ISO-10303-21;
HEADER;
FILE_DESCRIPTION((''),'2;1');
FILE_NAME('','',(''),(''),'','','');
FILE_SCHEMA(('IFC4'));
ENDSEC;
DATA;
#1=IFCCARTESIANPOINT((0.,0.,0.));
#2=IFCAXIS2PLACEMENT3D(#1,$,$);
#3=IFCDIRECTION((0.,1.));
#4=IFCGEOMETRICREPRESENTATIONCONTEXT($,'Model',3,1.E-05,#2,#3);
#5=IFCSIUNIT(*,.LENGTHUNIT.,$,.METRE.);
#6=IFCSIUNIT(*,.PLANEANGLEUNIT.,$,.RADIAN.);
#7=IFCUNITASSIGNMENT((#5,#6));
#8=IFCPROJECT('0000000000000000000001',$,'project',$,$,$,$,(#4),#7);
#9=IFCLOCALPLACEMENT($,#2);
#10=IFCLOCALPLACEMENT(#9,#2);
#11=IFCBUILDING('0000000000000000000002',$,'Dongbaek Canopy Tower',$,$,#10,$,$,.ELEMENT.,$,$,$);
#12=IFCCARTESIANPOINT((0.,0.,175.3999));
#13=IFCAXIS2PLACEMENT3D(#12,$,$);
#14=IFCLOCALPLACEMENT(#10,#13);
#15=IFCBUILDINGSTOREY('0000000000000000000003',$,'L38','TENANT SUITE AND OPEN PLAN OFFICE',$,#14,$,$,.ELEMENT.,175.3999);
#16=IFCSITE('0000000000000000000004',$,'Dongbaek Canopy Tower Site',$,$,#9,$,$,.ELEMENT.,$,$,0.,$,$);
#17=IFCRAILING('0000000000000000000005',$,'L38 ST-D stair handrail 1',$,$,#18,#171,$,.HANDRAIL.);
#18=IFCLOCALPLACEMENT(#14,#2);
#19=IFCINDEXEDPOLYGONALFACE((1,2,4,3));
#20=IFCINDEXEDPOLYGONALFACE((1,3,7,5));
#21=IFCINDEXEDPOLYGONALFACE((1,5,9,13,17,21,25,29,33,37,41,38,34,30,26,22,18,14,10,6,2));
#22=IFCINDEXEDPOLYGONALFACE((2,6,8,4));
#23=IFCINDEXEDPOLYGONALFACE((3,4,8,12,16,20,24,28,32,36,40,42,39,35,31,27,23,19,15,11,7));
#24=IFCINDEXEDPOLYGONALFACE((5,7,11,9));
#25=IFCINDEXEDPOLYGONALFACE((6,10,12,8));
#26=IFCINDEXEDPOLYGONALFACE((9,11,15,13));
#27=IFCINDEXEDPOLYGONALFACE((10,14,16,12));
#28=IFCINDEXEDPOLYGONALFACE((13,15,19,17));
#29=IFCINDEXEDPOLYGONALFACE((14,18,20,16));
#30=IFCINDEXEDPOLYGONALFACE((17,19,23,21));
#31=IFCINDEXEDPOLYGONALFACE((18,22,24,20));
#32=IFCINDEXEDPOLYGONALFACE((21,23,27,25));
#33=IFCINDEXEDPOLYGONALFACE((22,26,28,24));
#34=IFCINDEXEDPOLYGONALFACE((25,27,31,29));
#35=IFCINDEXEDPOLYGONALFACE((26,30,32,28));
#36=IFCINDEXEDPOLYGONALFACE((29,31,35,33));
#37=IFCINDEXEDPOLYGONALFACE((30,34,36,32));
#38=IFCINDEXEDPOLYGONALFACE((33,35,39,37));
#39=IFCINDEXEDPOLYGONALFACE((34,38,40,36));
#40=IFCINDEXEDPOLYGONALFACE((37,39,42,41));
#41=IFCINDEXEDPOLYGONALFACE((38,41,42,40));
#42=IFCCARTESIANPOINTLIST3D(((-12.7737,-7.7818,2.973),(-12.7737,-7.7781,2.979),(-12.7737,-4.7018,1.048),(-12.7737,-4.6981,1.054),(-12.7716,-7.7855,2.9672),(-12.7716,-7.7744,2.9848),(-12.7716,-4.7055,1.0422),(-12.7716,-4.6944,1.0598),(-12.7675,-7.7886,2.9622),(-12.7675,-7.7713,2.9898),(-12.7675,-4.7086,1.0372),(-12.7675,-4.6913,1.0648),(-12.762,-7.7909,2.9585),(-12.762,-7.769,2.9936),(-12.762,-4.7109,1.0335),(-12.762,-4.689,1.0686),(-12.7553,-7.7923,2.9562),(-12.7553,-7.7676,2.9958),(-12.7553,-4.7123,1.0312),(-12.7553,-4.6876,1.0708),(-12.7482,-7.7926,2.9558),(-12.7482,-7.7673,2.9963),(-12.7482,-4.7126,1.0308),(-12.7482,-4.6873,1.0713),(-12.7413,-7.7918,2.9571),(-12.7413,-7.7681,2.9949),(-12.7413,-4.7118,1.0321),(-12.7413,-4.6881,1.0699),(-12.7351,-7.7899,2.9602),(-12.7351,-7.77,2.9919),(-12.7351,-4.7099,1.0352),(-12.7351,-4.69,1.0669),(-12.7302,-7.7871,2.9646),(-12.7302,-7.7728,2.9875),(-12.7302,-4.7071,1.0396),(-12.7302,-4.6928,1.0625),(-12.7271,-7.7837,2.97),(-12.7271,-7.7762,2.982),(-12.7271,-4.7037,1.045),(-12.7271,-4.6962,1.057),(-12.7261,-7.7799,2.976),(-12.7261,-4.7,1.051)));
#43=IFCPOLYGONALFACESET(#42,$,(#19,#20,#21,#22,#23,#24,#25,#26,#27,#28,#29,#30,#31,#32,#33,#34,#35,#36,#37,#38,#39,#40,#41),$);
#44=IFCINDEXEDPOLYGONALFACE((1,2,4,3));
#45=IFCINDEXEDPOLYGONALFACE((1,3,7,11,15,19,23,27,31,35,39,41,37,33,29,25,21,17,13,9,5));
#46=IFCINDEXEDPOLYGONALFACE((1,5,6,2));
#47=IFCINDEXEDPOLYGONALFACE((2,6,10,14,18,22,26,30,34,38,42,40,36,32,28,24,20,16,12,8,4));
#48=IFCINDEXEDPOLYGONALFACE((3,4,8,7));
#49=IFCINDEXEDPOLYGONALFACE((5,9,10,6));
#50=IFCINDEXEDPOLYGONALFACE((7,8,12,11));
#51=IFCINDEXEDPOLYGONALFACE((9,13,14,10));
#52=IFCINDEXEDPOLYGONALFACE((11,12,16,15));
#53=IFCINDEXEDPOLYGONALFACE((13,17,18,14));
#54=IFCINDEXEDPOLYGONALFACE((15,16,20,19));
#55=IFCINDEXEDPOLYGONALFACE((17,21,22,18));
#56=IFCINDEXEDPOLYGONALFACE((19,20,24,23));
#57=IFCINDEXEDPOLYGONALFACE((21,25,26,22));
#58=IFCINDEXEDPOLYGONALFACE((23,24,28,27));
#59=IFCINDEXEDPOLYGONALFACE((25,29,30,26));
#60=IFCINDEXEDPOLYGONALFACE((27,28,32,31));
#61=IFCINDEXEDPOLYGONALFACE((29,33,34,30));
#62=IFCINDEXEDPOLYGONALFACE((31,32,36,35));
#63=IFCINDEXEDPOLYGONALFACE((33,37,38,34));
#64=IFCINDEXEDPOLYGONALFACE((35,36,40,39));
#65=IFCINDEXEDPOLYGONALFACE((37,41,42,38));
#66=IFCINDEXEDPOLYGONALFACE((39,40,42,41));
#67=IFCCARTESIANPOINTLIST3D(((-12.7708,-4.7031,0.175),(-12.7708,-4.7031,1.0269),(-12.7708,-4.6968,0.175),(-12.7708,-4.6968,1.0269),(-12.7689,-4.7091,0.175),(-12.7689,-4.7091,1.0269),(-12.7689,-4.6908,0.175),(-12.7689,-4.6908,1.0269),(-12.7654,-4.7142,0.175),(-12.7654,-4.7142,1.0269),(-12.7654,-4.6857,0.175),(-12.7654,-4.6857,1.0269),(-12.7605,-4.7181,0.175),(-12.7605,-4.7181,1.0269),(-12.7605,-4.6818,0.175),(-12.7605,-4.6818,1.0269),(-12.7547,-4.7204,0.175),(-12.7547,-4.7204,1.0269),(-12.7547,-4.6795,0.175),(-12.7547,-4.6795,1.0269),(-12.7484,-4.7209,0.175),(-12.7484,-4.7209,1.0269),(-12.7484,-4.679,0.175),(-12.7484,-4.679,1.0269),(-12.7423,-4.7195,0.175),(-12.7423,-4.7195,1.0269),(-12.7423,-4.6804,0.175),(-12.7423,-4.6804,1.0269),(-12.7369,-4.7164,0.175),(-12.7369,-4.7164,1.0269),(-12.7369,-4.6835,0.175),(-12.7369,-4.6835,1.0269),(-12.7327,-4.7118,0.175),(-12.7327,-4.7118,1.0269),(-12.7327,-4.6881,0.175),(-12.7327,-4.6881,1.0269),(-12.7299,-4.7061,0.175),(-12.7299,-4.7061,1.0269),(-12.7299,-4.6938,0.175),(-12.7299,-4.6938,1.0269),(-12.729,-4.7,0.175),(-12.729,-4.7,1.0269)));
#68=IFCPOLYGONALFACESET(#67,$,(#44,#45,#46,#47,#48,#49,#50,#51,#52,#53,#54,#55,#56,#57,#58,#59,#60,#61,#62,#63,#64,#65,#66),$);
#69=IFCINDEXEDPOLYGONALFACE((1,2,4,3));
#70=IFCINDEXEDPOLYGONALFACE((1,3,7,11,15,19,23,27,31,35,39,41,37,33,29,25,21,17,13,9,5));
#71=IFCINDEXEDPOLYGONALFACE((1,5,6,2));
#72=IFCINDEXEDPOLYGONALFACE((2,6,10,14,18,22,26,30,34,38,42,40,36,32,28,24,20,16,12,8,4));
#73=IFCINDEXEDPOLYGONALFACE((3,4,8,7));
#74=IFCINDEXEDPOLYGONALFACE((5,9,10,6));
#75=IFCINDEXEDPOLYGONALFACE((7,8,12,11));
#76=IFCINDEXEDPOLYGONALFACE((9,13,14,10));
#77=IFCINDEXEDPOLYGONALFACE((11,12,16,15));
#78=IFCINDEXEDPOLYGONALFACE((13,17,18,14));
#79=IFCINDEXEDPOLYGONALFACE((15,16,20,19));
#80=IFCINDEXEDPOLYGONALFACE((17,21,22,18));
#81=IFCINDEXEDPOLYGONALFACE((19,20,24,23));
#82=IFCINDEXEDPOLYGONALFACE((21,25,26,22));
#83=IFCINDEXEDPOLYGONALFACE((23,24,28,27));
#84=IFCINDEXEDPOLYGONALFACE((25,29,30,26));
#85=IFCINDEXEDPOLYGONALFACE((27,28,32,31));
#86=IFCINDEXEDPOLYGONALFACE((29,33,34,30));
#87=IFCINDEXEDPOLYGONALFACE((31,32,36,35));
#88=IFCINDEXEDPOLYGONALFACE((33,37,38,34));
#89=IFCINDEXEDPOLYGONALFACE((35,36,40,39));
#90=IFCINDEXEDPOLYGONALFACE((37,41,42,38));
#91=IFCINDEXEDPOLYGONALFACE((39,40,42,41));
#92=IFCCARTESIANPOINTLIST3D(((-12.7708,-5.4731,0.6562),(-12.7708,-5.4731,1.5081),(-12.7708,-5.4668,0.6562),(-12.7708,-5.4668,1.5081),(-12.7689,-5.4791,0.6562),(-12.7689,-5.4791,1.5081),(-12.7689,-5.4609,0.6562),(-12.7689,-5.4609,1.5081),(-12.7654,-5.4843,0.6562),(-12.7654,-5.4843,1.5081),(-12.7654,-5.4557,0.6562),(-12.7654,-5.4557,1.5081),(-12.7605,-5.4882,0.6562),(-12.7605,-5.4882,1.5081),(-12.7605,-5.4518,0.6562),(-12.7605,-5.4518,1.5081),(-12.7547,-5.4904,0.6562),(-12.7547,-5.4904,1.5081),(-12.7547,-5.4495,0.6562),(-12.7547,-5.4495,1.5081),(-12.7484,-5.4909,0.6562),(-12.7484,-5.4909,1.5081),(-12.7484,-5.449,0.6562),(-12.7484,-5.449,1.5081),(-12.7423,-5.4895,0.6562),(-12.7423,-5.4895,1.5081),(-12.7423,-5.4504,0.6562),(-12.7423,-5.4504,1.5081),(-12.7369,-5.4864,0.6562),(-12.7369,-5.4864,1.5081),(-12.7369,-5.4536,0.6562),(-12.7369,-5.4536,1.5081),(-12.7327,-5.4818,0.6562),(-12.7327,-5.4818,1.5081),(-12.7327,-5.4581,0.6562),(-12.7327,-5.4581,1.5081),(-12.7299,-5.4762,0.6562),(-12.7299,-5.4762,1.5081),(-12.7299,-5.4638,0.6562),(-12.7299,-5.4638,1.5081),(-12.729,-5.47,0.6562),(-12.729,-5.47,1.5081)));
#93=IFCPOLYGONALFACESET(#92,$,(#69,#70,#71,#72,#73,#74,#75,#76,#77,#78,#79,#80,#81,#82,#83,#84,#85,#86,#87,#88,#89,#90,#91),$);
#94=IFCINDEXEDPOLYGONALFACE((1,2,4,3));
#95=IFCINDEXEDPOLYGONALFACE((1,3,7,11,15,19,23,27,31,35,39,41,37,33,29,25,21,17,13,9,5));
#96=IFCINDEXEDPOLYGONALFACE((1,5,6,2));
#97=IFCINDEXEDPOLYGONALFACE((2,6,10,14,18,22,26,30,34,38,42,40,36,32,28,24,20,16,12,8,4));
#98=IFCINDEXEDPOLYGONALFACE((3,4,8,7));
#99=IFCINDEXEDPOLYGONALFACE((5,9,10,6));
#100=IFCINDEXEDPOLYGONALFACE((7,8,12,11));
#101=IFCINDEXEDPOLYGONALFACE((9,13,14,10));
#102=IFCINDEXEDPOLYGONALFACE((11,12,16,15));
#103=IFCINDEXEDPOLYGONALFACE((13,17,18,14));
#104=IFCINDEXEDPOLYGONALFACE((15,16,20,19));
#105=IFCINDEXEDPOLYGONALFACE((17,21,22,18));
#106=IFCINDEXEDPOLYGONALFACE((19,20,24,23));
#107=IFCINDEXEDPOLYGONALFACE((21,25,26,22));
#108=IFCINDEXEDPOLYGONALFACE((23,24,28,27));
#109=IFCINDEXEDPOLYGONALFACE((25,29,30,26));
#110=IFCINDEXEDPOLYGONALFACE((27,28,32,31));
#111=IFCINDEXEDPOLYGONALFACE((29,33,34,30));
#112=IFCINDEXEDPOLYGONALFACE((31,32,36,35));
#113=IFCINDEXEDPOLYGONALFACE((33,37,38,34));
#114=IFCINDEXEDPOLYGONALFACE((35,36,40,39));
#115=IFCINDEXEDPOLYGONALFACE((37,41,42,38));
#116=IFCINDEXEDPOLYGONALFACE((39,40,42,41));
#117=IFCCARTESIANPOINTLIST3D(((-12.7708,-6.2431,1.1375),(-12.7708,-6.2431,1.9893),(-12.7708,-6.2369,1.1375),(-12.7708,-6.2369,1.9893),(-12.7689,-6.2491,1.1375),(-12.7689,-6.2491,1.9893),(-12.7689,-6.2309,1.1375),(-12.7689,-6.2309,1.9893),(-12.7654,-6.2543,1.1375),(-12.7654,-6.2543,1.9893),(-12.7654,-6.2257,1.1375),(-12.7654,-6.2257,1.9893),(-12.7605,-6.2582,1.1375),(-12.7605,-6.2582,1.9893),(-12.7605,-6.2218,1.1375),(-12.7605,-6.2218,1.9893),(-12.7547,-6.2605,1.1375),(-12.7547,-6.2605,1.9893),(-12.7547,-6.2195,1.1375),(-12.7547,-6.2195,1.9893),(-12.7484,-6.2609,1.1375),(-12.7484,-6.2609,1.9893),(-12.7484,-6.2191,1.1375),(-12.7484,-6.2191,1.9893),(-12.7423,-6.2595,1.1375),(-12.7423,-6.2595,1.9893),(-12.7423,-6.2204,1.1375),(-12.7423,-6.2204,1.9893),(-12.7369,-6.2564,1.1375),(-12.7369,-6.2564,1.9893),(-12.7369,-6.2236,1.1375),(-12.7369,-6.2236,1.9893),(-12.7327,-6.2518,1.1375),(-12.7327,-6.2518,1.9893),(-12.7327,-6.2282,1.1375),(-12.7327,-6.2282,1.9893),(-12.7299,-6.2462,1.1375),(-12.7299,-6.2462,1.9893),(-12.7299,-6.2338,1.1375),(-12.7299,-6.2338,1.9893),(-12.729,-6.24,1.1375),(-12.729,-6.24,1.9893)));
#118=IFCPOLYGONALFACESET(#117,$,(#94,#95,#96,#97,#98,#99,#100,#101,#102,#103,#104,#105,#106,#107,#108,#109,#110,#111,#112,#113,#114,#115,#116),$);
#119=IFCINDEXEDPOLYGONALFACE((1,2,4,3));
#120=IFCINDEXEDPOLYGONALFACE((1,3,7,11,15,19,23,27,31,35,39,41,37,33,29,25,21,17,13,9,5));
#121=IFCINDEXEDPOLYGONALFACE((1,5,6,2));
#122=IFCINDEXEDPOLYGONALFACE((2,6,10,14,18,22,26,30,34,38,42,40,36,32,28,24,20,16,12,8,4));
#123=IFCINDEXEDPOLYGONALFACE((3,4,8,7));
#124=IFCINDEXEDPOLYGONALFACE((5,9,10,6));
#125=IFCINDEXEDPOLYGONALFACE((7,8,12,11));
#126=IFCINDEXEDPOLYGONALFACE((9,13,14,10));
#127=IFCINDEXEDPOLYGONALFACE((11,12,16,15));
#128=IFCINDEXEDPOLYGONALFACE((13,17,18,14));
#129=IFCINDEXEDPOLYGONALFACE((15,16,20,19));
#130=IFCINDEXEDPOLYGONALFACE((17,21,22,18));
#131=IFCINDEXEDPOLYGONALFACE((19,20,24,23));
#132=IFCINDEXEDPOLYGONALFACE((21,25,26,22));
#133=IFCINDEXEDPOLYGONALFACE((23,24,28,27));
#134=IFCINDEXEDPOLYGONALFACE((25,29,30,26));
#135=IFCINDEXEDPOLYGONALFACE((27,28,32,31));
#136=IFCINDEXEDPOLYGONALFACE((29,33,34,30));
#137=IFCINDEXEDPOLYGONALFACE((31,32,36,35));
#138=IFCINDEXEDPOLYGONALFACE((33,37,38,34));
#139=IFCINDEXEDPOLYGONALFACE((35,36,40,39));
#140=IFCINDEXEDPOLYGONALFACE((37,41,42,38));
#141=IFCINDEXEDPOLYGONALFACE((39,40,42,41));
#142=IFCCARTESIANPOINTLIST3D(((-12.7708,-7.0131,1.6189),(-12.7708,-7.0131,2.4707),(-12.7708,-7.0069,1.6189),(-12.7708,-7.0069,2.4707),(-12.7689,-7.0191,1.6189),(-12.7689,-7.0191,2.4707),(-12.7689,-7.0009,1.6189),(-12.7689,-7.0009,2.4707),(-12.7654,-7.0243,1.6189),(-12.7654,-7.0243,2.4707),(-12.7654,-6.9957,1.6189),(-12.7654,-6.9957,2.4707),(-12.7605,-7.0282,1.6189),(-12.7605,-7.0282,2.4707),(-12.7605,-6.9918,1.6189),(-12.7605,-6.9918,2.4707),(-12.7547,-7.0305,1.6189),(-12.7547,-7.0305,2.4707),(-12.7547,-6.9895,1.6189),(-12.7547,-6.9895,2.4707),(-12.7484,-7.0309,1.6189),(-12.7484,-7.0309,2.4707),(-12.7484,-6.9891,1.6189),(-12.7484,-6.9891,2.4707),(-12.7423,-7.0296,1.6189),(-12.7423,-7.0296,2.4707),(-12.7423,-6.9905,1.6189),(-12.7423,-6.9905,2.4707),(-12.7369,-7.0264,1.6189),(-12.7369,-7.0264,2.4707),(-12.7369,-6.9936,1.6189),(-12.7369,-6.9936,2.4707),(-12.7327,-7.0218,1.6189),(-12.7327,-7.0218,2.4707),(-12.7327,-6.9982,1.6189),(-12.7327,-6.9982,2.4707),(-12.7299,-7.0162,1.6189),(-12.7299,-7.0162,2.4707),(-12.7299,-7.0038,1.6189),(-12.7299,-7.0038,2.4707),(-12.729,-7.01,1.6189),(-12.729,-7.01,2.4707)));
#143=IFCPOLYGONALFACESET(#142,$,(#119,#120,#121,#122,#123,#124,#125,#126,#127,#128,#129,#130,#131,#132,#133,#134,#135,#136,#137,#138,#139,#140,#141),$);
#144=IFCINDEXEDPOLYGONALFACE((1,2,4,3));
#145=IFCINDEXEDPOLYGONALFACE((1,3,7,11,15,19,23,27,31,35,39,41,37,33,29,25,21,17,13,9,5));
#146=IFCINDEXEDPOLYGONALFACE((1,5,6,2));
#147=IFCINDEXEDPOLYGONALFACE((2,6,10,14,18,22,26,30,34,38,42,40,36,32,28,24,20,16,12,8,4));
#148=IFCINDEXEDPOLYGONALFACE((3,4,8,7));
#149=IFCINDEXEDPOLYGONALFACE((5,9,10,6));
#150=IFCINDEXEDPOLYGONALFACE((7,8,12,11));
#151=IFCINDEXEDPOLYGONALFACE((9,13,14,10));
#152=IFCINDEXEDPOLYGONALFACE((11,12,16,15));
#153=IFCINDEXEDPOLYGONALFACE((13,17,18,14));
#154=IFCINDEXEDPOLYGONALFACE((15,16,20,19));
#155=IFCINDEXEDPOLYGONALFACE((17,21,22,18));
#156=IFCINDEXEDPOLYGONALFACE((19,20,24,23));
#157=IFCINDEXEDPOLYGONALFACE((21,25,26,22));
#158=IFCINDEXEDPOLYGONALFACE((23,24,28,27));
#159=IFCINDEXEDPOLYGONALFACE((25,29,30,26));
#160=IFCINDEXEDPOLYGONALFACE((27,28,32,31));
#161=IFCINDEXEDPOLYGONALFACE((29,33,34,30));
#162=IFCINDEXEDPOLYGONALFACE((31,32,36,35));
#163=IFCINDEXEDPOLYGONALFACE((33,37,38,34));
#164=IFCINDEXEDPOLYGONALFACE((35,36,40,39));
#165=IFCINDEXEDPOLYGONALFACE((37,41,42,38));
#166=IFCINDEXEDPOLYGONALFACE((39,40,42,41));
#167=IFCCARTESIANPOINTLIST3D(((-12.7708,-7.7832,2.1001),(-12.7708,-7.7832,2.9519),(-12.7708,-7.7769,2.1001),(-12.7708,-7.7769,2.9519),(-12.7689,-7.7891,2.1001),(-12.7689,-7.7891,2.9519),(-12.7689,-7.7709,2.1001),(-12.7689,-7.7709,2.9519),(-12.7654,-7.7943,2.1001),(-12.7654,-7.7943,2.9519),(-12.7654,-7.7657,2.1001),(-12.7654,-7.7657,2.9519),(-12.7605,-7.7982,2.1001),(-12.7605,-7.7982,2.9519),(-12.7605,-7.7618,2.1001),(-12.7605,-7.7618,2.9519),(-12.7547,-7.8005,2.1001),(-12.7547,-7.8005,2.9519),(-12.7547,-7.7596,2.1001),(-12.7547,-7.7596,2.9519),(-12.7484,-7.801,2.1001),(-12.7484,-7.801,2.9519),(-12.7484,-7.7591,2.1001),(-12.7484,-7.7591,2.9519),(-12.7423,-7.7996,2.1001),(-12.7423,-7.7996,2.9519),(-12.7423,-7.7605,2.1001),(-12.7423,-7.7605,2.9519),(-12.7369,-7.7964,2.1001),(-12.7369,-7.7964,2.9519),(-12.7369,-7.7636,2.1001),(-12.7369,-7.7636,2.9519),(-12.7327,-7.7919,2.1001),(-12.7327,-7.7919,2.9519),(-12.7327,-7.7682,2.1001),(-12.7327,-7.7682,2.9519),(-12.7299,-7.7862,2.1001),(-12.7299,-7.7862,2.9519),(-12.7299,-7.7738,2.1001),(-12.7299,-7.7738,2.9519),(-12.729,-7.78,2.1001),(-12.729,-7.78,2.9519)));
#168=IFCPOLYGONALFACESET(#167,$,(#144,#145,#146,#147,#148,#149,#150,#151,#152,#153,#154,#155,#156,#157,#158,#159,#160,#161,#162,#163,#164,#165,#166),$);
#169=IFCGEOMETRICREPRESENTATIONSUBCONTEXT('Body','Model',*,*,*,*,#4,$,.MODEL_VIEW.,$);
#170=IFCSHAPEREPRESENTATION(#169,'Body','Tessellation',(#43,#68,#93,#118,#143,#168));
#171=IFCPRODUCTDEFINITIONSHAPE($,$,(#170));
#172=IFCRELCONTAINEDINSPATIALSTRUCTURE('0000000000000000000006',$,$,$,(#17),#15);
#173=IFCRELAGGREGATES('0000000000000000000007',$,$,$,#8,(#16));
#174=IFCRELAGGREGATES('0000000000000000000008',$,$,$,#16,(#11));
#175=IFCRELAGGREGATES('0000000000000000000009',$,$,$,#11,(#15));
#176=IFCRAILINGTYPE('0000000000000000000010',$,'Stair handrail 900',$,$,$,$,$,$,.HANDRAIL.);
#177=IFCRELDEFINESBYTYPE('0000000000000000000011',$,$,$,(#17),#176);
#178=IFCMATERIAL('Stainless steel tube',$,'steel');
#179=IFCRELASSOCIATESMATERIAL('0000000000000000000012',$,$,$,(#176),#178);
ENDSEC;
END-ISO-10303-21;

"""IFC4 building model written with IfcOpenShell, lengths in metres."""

from ifc_helpers import new_model, si_unit, direction, frame, origin, origin_2d, place, context, subcontext, project, spatial, circle, extrude, material, type_object, element, save


model = new_model("IFC4")

# Units and contexts
model_context = context("Model", 3, precision=1e-05, world=origin(), true_north=direction((0.0, 1.0)))
body_context = subcontext(model_context, "Body", "Model", "MODEL_VIEW")
ifc_project = project(units=[si_unit("LENGTHUNIT", "METRE"), si_unit("PLANEANGLEUNIT", "RADIAN")], contexts=[model_context])

# Site, building, storey
site_placement = place(None, origin())
site = spatial("IfcSite", under=ifc_project, at=site_placement, Name="Dongbaek Canopy Tower Site", CompositionType="ELEMENT", RefElevation=0.0)
building_placement = place(site_placement, origin())
building = spatial("IfcBuilding", under=site, at=building_placement, Name="Dongbaek Canopy Tower", CompositionType="ELEMENT")
storey_placement = place(building_placement, frame((0.0, 0.0, 175.3999)))
storey = spatial("IfcBuildingStorey", under=building, at=storey_placement, Name="L38", Description="TENANT SUITE AND OPEN PLAN OFFICE", CompositionType="ELEMENT", Elevation=175.3999)

# Railing
ifc_material_1 = material(Name="Stainless steel tube", Category="steel")
railing_type_1 = type_object("IfcRailingType", Name="Stair handrail 900", PredefinedType="HANDRAIL", material=ifc_material_1)
railing_1_placement = place(storey_placement, frame((-12.75, -4.7, 0.175)))
element("IfcRailing", 1, at=railing_1_placement, inside=storey, type_object=railing_type_1, Name="L38 ST-D stair handrail 1", PredefinedType="HANDRAIL", context=body_context, shape_type="SweptSolid", body=[
    extrude(circle(Radius=0.0239, at=origin_2d()), frame((0.0, 0.0, 0.876), z_axis=(0.0, -0.847998, 0.529999), x_axis=(1.0, 0.0, 0.0)), (0.0, 0.0, 1.0), 3.6321),
    extrude(circle(Radius=0.021, at=origin_2d()), origin(), (0.0, 0.0, 1.0), 0.8518),
    extrude(circle(Radius=0.021, at=origin_2d()), frame((0.0, -0.77, 0.4812)), (0.0, 0.0, 1.0), 0.8518),
    extrude(circle(Radius=0.021, at=origin_2d()), frame((0.0, -1.54, 0.9624)), (0.0, 0.0, 1.0), 0.8518),
    extrude(circle(Radius=0.021, at=origin_2d()), frame((0.0, -2.3101, 1.4438)), (0.0, 0.0, 1.0), 0.8518),
    extrude(circle(Radius=0.021, at=origin_2d()), frame((0.0, -3.0801, 1.925)), (0.0, 0.0, 1.0), 0.8518),
])

save(model, "model.ifc")
